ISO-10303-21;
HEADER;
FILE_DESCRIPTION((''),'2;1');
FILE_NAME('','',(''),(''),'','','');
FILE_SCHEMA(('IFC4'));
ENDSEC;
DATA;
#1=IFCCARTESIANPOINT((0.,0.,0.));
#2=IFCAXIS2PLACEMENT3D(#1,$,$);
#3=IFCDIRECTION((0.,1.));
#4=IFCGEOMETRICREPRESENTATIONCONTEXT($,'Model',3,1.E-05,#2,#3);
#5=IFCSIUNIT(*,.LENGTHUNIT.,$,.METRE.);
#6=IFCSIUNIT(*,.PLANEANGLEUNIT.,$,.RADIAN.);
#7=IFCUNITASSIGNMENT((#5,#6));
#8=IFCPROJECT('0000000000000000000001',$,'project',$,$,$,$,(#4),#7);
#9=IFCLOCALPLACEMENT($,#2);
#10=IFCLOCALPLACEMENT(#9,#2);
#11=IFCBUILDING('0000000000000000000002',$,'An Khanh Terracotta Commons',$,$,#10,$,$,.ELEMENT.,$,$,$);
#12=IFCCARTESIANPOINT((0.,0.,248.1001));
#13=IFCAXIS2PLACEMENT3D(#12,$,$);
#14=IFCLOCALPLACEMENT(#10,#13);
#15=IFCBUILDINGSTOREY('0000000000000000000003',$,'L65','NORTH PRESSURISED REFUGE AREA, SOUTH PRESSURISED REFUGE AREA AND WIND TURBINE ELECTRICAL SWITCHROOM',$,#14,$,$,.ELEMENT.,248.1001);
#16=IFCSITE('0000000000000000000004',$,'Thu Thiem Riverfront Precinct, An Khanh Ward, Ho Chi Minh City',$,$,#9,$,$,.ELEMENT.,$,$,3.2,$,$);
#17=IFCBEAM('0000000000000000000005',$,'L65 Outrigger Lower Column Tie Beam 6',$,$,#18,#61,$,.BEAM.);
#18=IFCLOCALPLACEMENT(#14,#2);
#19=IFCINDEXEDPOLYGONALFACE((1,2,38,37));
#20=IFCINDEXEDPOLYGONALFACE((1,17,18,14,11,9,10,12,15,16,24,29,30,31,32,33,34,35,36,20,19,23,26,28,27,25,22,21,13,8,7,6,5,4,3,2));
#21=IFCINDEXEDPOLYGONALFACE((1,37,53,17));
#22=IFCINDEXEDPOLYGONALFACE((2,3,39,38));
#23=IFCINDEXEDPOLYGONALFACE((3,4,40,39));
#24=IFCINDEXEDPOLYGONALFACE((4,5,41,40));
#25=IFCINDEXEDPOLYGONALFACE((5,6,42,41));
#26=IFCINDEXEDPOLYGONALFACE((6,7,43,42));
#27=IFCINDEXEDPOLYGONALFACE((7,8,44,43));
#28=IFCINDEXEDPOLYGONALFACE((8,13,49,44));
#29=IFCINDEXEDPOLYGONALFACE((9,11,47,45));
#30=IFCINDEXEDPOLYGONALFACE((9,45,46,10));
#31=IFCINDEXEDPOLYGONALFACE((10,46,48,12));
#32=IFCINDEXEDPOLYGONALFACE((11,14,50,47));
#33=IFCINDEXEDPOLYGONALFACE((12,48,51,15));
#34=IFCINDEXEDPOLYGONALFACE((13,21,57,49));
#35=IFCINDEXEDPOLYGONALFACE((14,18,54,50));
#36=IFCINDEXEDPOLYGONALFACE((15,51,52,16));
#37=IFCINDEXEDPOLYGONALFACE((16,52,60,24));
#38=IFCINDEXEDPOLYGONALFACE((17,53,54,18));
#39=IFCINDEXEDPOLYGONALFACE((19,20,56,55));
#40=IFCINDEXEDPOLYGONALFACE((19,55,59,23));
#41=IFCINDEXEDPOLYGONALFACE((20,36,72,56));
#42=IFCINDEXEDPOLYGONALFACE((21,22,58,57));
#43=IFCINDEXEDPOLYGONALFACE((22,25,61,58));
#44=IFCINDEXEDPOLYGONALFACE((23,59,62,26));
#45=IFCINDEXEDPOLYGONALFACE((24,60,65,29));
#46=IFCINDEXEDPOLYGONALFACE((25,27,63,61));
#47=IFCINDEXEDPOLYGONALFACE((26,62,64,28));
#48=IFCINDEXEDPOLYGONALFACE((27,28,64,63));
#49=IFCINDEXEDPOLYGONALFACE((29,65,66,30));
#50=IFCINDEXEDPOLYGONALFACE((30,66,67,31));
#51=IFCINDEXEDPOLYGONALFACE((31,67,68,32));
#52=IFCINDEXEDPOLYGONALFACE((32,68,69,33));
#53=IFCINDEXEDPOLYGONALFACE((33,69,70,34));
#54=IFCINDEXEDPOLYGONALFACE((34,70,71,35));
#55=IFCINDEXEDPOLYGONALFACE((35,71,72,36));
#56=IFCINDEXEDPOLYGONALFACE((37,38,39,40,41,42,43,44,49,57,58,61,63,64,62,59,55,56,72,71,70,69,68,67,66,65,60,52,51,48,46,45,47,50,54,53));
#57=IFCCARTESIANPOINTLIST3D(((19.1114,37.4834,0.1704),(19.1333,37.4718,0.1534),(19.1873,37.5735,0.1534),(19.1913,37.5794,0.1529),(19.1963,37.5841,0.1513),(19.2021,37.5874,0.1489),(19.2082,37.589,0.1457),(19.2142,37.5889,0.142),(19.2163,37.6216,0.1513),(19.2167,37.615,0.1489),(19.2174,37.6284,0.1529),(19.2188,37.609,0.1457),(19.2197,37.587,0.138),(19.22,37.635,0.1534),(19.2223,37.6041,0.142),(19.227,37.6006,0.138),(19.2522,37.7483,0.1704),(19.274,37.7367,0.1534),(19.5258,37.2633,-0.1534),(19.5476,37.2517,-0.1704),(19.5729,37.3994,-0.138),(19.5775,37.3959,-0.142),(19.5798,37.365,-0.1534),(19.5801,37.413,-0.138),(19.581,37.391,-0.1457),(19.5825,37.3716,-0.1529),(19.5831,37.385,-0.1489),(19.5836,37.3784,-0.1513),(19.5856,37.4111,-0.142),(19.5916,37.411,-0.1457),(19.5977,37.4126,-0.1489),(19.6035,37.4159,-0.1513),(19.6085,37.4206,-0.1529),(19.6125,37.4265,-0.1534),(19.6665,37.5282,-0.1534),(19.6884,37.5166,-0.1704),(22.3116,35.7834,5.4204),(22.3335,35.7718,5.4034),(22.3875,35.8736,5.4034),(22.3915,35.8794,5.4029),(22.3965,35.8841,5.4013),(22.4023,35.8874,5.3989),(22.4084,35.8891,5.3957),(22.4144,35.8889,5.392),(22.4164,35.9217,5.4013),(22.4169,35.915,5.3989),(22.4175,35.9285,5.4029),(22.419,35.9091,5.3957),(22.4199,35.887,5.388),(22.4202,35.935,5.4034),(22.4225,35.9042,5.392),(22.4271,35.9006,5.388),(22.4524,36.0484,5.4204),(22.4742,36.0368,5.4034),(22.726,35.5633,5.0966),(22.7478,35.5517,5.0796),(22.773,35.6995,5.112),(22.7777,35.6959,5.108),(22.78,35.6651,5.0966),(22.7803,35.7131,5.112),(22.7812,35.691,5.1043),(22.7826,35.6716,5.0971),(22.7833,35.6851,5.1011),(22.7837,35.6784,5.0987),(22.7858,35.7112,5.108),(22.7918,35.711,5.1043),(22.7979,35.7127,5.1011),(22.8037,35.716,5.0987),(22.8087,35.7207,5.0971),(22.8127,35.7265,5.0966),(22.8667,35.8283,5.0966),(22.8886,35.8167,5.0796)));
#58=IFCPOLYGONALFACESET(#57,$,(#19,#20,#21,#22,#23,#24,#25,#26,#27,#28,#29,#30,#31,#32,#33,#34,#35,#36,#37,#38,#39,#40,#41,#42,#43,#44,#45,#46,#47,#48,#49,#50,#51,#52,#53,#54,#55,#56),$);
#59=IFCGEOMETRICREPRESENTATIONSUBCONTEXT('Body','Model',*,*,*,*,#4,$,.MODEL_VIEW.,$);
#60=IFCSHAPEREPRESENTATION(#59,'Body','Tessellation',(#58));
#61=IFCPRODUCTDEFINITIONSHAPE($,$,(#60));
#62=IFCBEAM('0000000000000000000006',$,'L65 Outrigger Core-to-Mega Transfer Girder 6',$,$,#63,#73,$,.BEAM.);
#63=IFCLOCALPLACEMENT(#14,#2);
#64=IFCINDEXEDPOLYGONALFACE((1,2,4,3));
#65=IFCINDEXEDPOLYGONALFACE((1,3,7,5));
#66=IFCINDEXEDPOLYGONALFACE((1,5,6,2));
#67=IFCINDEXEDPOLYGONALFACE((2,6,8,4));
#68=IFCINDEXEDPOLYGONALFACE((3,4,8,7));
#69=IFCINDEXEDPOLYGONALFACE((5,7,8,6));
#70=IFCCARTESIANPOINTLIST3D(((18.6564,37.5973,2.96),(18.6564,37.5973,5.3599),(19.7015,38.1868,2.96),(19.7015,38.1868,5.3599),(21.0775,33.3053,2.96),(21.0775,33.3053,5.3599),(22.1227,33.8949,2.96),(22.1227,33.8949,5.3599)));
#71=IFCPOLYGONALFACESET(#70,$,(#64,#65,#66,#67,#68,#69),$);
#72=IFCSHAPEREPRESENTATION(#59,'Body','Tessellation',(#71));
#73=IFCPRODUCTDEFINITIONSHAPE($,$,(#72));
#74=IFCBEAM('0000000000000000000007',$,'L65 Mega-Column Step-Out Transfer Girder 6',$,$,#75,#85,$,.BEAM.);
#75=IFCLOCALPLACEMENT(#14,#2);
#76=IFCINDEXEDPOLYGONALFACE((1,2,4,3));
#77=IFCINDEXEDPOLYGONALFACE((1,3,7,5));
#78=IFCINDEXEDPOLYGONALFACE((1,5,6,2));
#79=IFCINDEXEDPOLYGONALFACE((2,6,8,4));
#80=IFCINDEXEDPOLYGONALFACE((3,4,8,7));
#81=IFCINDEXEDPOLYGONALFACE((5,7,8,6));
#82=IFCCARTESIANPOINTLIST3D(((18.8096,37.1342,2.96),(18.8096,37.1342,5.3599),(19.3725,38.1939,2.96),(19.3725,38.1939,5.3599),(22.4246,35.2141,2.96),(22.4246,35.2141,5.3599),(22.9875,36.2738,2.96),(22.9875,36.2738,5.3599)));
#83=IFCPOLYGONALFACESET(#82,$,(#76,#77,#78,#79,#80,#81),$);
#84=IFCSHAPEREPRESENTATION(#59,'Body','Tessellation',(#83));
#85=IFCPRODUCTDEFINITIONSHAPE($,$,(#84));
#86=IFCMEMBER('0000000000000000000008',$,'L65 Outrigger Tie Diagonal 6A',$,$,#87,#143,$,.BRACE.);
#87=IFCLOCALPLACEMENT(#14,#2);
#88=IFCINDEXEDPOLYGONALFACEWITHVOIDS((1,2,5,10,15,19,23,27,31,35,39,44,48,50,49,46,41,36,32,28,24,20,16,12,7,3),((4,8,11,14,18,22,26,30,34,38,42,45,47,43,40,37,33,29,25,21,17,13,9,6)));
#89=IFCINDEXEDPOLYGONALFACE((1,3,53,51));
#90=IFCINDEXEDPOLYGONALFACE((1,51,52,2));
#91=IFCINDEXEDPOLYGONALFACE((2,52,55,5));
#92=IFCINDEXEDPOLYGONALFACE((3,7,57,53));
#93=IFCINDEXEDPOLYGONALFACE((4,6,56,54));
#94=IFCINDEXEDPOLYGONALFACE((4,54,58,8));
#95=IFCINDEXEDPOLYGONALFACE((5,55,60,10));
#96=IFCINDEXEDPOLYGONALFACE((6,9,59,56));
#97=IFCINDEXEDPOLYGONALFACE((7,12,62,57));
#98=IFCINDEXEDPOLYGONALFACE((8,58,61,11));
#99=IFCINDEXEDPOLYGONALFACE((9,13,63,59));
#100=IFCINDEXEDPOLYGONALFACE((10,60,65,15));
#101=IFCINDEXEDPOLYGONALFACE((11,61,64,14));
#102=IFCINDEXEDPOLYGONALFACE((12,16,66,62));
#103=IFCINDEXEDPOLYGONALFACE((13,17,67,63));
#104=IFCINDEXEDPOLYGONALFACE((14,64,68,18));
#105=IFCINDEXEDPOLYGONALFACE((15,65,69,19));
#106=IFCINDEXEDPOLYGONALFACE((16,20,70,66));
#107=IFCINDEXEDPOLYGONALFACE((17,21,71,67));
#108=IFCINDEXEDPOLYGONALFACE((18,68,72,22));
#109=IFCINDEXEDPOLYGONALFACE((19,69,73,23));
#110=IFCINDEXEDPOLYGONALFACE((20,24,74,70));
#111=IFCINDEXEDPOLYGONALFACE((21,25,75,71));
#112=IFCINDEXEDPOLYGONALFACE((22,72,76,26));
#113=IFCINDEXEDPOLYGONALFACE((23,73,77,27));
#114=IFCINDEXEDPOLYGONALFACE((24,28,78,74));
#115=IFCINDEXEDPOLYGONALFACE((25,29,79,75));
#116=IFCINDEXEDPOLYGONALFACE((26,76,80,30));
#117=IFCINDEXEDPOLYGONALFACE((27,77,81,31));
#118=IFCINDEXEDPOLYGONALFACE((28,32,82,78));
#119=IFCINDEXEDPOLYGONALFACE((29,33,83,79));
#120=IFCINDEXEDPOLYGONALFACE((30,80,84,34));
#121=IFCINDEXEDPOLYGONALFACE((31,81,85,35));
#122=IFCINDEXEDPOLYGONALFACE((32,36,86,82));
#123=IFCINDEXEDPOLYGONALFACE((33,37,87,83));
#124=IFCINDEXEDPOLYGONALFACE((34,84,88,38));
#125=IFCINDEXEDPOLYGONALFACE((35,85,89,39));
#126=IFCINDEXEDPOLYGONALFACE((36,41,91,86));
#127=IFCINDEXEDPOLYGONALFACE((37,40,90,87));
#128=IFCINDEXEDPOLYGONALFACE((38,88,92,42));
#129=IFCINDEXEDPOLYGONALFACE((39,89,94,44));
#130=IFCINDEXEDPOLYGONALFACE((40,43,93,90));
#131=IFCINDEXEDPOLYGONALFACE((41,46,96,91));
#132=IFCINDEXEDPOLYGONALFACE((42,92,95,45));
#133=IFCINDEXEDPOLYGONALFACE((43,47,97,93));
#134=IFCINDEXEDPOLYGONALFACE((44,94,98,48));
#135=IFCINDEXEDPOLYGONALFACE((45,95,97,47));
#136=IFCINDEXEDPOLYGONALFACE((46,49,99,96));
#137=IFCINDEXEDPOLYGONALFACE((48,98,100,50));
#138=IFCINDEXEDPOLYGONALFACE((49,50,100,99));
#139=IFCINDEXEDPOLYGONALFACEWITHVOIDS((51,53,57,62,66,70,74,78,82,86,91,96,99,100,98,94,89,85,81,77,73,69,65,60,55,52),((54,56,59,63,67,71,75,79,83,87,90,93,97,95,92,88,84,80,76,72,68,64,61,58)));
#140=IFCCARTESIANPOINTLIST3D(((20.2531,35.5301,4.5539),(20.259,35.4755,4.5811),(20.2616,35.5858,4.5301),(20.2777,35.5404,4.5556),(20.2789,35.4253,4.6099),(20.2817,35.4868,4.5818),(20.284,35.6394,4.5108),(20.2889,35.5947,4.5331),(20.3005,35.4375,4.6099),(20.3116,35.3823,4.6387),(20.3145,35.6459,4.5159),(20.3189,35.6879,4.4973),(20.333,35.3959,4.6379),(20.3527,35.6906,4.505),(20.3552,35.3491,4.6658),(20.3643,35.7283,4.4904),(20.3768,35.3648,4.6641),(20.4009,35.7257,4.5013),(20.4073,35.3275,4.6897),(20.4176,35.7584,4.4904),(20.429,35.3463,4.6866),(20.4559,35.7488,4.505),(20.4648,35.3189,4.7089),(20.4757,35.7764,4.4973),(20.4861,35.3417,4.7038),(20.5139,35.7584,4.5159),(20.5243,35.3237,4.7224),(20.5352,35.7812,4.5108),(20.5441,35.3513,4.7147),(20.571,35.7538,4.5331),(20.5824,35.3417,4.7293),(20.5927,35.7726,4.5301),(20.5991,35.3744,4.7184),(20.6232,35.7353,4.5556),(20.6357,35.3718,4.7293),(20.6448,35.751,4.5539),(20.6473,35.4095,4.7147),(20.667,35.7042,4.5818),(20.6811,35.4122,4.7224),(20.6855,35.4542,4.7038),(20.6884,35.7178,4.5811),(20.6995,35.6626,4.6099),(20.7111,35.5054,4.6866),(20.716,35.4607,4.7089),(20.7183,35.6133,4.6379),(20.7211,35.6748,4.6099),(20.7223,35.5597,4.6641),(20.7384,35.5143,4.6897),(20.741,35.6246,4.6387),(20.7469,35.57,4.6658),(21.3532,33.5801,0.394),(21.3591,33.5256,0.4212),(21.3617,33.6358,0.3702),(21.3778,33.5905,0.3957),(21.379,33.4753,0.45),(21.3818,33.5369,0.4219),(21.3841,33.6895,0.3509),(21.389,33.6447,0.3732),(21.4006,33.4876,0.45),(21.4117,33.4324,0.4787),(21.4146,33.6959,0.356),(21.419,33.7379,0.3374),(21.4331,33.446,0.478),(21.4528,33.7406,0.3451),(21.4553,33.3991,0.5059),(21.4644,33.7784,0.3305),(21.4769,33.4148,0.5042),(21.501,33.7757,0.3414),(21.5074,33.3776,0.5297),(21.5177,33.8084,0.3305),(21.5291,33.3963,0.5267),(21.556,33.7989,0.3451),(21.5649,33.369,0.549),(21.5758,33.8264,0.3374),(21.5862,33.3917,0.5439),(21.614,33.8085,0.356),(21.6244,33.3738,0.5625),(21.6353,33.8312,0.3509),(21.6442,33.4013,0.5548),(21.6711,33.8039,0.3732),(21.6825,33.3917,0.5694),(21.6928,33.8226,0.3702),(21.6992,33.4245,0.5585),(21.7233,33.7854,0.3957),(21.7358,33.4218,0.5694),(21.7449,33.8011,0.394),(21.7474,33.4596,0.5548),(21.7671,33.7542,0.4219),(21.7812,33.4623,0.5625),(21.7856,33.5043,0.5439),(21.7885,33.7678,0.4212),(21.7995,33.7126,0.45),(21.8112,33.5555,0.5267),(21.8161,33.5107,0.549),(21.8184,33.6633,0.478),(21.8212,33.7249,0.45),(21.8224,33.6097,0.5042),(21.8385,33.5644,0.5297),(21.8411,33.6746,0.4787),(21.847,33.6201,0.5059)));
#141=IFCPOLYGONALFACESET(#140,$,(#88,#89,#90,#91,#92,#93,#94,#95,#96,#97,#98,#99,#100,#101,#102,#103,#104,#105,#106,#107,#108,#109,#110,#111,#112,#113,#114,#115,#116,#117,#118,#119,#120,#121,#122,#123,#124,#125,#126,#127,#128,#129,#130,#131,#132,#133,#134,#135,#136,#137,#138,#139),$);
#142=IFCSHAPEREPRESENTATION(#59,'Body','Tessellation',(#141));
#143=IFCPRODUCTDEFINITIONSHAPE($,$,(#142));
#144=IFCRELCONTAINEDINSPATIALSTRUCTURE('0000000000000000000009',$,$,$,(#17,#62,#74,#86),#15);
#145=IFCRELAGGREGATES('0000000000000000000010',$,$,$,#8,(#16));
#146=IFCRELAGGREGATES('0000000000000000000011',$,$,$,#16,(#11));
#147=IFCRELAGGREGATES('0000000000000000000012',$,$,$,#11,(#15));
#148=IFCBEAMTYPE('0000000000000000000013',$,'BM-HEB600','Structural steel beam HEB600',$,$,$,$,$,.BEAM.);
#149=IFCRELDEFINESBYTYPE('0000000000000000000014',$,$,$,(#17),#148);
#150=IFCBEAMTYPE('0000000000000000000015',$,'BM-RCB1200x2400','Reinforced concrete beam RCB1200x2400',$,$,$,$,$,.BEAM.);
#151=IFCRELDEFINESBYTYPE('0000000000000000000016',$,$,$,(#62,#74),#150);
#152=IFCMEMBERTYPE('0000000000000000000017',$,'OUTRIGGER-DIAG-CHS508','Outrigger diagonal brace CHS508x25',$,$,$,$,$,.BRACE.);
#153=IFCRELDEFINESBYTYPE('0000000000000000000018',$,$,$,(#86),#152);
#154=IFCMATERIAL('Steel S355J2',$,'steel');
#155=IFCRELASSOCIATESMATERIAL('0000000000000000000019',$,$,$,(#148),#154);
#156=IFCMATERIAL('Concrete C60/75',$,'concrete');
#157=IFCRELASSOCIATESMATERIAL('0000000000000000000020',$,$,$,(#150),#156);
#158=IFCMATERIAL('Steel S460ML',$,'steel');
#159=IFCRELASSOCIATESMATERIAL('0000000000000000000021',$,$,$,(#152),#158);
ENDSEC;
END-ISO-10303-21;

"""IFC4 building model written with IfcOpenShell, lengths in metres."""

from ifc_helpers import new_model, si_unit, direction, frame, origin, origin_2d, place, context, subcontext, project, spatial, rectangle, hollow_circle, i_section, extrude, material, material_profile, profile_set, type_object, element, save


model = new_model("IFC4")

# Units and contexts
model_context = context("Model", 3, precision=1e-05, world=origin(), true_north=direction((0.0, 1.0)))
body_context = subcontext(model_context, "Body", "Model", "MODEL_VIEW")
ifc_project = project(units=[si_unit("LENGTHUNIT", "METRE"), si_unit("PLANEANGLEUNIT", "RADIAN")], contexts=[model_context])

# Site, building, storey
site_placement = place(None, origin())
site = spatial("IfcSite", under=ifc_project, at=site_placement, Name="Thu Thiem Riverfront Precinct, An Khanh Ward, Ho Chi Minh City", CompositionType="ELEMENT", RefElevation=3.2)
building_placement = place(site_placement, origin())
building = spatial("IfcBuilding", under=site, at=building_placement, Name="An Khanh Terracotta Commons", CompositionType="ELEMENT")
storey_placement = place(building_placement, frame((0.0, 0.0, 248.1001)))
storey = spatial("IfcBuildingStorey", under=building, at=storey_placement, Name="L65", Description="NORTH PRESSURISED REFUGE AREA, SOUTH PRESSURISED REFUGE AREA AND WIND TURBINE ELECTRICAL SWITCHROOM", CompositionType="ELEMENT", Elevation=248.1001)

# Shared definitions
ifc_material_1 = material(Name="Concrete C60/75", Category="concrete")

# Shared definitions
ifc_material_2 = material(Name="Steel S460ML", Category="steel")

# Beams
ifc_material_3 = material(Name="Steel S355J2", Category="steel")
ifc_material_profile_1 = material_profile(ifc_material_3, i_section(OverallWidth=0.3, OverallDepth=0.6001, WebThickness=0.0154, FlangeThickness=0.03, FilletRadius=0.0271, at=origin_2d()), Name="HEB600")
ifc_profile_set_1 = profile_set([ifc_material_profile_1], Name="Steel S355J2")
beam_type_1 = type_object("IfcBeamType", Name="BM-HEB600", Description="Structural steel beam HEB600", PredefinedType="BEAM", material=ifc_profile_set_1)
beam_1_placement = place(storey_placement, frame((19.3999, 37.5, 0.0), z_axis=(0.501665, -0.266485, 0.822993), x_axis=(0.469122, 0.883133, 0.0)))
element("IfcBeam", 1, at=beam_1_placement, inside=storey, type_object=beam_type_1, Name="L65 Outrigger Lower Column Tie Beam 6", PredefinedType="BEAM", context=body_context, shape_type="SweptSolid", body=[
    extrude(i_section(OverallWidth=0.3, OverallDepth=0.6001, WebThickness=0.0154, FlangeThickness=0.03, FilletRadius=0.0271, at=origin_2d()), origin(), (0.0, 0.0, 1.0), 6.3792),
])
ifc_material_profile_2 = material_profile(ifc_material_1, rectangle(XDim=1.2, YDim=2.3999, at=origin_2d()), Name="RCB1200x2400")
ifc_profile_set_2 = profile_set([ifc_material_profile_2], Name="Concrete C60/75")
beam_type_2 = type_object("IfcBeamType", Name="BM-RCB1200x2400", Description="Reinforced concrete beam RCB1200x2400", PredefinedType="BEAM", material=ifc_profile_set_2)
beam_2_placement = place(storey_placement, frame((21.6001, 33.6001, 4.1599), z_axis=(-0.491324, 0.870977, 0.0), x_axis=(-0.870977, -0.491324, 0.0)))
element("IfcBeam", 2, at=beam_2_placement, inside=storey, type_object=beam_type_2, Name="L65 Outrigger Core-to-Mega Transfer Girder 6", PredefinedType="BEAM", context=body_context, shape_type="SweptSolid", body=[
    extrude(rectangle(XDim=1.2, YDim=2.3999, at=origin_2d()), origin(), (0.0, 0.0, 1.0), 4.9277),
])
beam_3_placement = place(storey_placement, frame((19.0911, 37.6641, 4.1599), z_axis=(0.883146, -0.469099, 0.0), x_axis=(0.469099, 0.883146, 0.0)))
element("IfcBeam", 3, at=beam_3_placement, inside=storey, type_object=beam_type_2, Name="L65 Mega-Column Step-Out Transfer Girder 6", PredefinedType="BEAM", context=body_context, shape_type="SweptSolid", body=[
    extrude(rectangle(XDim=1.2, YDim=2.3999, at=origin_2d()), origin(), (0.0, 0.0, 1.0), 4.0933),
])

# Member
ifc_material_profile_3 = material_profile(ifc_material_2, hollow_circle(Radius=0.2539, WallThickness=0.0249, at=origin_2d()), Name="CHS508x25")
ifc_profile_set_3 = profile_set([ifc_material_profile_3], Name="Steel S460ML")
member_type_1 = type_object("IfcMemberType", Name="OUTRIGGER-DIAG-CHS508", Description="Outrigger diagonal brace CHS508x25", PredefinedType="BRACE", material=ifc_profile_set_3)
for number, where, z_axis, x_axis, name in (
    (4, (21.6001, 33.6001, 0.45), (-0.232868, 0.412764, 0.880567), (-0.870955, -0.491364, 0.0), "L65 Outrigger Tie Diagonal 6A"),
):
    element("IfcMember", number, at=place(storey_placement, frame(where, z_axis=z_axis, x_axis=x_axis)), inside=storey, type_object=member_type_1, Name=name, PredefinedType="BRACE", context=body_context, shape_type="SweptSolid", body=[
        extrude(hollow_circle(Radius=0.2539, WallThickness=0.0249, at=origin_2d()), origin(), (0.0, 0.0, 1.0), 4.7241),
    ])

save(model, "model.ifc")
